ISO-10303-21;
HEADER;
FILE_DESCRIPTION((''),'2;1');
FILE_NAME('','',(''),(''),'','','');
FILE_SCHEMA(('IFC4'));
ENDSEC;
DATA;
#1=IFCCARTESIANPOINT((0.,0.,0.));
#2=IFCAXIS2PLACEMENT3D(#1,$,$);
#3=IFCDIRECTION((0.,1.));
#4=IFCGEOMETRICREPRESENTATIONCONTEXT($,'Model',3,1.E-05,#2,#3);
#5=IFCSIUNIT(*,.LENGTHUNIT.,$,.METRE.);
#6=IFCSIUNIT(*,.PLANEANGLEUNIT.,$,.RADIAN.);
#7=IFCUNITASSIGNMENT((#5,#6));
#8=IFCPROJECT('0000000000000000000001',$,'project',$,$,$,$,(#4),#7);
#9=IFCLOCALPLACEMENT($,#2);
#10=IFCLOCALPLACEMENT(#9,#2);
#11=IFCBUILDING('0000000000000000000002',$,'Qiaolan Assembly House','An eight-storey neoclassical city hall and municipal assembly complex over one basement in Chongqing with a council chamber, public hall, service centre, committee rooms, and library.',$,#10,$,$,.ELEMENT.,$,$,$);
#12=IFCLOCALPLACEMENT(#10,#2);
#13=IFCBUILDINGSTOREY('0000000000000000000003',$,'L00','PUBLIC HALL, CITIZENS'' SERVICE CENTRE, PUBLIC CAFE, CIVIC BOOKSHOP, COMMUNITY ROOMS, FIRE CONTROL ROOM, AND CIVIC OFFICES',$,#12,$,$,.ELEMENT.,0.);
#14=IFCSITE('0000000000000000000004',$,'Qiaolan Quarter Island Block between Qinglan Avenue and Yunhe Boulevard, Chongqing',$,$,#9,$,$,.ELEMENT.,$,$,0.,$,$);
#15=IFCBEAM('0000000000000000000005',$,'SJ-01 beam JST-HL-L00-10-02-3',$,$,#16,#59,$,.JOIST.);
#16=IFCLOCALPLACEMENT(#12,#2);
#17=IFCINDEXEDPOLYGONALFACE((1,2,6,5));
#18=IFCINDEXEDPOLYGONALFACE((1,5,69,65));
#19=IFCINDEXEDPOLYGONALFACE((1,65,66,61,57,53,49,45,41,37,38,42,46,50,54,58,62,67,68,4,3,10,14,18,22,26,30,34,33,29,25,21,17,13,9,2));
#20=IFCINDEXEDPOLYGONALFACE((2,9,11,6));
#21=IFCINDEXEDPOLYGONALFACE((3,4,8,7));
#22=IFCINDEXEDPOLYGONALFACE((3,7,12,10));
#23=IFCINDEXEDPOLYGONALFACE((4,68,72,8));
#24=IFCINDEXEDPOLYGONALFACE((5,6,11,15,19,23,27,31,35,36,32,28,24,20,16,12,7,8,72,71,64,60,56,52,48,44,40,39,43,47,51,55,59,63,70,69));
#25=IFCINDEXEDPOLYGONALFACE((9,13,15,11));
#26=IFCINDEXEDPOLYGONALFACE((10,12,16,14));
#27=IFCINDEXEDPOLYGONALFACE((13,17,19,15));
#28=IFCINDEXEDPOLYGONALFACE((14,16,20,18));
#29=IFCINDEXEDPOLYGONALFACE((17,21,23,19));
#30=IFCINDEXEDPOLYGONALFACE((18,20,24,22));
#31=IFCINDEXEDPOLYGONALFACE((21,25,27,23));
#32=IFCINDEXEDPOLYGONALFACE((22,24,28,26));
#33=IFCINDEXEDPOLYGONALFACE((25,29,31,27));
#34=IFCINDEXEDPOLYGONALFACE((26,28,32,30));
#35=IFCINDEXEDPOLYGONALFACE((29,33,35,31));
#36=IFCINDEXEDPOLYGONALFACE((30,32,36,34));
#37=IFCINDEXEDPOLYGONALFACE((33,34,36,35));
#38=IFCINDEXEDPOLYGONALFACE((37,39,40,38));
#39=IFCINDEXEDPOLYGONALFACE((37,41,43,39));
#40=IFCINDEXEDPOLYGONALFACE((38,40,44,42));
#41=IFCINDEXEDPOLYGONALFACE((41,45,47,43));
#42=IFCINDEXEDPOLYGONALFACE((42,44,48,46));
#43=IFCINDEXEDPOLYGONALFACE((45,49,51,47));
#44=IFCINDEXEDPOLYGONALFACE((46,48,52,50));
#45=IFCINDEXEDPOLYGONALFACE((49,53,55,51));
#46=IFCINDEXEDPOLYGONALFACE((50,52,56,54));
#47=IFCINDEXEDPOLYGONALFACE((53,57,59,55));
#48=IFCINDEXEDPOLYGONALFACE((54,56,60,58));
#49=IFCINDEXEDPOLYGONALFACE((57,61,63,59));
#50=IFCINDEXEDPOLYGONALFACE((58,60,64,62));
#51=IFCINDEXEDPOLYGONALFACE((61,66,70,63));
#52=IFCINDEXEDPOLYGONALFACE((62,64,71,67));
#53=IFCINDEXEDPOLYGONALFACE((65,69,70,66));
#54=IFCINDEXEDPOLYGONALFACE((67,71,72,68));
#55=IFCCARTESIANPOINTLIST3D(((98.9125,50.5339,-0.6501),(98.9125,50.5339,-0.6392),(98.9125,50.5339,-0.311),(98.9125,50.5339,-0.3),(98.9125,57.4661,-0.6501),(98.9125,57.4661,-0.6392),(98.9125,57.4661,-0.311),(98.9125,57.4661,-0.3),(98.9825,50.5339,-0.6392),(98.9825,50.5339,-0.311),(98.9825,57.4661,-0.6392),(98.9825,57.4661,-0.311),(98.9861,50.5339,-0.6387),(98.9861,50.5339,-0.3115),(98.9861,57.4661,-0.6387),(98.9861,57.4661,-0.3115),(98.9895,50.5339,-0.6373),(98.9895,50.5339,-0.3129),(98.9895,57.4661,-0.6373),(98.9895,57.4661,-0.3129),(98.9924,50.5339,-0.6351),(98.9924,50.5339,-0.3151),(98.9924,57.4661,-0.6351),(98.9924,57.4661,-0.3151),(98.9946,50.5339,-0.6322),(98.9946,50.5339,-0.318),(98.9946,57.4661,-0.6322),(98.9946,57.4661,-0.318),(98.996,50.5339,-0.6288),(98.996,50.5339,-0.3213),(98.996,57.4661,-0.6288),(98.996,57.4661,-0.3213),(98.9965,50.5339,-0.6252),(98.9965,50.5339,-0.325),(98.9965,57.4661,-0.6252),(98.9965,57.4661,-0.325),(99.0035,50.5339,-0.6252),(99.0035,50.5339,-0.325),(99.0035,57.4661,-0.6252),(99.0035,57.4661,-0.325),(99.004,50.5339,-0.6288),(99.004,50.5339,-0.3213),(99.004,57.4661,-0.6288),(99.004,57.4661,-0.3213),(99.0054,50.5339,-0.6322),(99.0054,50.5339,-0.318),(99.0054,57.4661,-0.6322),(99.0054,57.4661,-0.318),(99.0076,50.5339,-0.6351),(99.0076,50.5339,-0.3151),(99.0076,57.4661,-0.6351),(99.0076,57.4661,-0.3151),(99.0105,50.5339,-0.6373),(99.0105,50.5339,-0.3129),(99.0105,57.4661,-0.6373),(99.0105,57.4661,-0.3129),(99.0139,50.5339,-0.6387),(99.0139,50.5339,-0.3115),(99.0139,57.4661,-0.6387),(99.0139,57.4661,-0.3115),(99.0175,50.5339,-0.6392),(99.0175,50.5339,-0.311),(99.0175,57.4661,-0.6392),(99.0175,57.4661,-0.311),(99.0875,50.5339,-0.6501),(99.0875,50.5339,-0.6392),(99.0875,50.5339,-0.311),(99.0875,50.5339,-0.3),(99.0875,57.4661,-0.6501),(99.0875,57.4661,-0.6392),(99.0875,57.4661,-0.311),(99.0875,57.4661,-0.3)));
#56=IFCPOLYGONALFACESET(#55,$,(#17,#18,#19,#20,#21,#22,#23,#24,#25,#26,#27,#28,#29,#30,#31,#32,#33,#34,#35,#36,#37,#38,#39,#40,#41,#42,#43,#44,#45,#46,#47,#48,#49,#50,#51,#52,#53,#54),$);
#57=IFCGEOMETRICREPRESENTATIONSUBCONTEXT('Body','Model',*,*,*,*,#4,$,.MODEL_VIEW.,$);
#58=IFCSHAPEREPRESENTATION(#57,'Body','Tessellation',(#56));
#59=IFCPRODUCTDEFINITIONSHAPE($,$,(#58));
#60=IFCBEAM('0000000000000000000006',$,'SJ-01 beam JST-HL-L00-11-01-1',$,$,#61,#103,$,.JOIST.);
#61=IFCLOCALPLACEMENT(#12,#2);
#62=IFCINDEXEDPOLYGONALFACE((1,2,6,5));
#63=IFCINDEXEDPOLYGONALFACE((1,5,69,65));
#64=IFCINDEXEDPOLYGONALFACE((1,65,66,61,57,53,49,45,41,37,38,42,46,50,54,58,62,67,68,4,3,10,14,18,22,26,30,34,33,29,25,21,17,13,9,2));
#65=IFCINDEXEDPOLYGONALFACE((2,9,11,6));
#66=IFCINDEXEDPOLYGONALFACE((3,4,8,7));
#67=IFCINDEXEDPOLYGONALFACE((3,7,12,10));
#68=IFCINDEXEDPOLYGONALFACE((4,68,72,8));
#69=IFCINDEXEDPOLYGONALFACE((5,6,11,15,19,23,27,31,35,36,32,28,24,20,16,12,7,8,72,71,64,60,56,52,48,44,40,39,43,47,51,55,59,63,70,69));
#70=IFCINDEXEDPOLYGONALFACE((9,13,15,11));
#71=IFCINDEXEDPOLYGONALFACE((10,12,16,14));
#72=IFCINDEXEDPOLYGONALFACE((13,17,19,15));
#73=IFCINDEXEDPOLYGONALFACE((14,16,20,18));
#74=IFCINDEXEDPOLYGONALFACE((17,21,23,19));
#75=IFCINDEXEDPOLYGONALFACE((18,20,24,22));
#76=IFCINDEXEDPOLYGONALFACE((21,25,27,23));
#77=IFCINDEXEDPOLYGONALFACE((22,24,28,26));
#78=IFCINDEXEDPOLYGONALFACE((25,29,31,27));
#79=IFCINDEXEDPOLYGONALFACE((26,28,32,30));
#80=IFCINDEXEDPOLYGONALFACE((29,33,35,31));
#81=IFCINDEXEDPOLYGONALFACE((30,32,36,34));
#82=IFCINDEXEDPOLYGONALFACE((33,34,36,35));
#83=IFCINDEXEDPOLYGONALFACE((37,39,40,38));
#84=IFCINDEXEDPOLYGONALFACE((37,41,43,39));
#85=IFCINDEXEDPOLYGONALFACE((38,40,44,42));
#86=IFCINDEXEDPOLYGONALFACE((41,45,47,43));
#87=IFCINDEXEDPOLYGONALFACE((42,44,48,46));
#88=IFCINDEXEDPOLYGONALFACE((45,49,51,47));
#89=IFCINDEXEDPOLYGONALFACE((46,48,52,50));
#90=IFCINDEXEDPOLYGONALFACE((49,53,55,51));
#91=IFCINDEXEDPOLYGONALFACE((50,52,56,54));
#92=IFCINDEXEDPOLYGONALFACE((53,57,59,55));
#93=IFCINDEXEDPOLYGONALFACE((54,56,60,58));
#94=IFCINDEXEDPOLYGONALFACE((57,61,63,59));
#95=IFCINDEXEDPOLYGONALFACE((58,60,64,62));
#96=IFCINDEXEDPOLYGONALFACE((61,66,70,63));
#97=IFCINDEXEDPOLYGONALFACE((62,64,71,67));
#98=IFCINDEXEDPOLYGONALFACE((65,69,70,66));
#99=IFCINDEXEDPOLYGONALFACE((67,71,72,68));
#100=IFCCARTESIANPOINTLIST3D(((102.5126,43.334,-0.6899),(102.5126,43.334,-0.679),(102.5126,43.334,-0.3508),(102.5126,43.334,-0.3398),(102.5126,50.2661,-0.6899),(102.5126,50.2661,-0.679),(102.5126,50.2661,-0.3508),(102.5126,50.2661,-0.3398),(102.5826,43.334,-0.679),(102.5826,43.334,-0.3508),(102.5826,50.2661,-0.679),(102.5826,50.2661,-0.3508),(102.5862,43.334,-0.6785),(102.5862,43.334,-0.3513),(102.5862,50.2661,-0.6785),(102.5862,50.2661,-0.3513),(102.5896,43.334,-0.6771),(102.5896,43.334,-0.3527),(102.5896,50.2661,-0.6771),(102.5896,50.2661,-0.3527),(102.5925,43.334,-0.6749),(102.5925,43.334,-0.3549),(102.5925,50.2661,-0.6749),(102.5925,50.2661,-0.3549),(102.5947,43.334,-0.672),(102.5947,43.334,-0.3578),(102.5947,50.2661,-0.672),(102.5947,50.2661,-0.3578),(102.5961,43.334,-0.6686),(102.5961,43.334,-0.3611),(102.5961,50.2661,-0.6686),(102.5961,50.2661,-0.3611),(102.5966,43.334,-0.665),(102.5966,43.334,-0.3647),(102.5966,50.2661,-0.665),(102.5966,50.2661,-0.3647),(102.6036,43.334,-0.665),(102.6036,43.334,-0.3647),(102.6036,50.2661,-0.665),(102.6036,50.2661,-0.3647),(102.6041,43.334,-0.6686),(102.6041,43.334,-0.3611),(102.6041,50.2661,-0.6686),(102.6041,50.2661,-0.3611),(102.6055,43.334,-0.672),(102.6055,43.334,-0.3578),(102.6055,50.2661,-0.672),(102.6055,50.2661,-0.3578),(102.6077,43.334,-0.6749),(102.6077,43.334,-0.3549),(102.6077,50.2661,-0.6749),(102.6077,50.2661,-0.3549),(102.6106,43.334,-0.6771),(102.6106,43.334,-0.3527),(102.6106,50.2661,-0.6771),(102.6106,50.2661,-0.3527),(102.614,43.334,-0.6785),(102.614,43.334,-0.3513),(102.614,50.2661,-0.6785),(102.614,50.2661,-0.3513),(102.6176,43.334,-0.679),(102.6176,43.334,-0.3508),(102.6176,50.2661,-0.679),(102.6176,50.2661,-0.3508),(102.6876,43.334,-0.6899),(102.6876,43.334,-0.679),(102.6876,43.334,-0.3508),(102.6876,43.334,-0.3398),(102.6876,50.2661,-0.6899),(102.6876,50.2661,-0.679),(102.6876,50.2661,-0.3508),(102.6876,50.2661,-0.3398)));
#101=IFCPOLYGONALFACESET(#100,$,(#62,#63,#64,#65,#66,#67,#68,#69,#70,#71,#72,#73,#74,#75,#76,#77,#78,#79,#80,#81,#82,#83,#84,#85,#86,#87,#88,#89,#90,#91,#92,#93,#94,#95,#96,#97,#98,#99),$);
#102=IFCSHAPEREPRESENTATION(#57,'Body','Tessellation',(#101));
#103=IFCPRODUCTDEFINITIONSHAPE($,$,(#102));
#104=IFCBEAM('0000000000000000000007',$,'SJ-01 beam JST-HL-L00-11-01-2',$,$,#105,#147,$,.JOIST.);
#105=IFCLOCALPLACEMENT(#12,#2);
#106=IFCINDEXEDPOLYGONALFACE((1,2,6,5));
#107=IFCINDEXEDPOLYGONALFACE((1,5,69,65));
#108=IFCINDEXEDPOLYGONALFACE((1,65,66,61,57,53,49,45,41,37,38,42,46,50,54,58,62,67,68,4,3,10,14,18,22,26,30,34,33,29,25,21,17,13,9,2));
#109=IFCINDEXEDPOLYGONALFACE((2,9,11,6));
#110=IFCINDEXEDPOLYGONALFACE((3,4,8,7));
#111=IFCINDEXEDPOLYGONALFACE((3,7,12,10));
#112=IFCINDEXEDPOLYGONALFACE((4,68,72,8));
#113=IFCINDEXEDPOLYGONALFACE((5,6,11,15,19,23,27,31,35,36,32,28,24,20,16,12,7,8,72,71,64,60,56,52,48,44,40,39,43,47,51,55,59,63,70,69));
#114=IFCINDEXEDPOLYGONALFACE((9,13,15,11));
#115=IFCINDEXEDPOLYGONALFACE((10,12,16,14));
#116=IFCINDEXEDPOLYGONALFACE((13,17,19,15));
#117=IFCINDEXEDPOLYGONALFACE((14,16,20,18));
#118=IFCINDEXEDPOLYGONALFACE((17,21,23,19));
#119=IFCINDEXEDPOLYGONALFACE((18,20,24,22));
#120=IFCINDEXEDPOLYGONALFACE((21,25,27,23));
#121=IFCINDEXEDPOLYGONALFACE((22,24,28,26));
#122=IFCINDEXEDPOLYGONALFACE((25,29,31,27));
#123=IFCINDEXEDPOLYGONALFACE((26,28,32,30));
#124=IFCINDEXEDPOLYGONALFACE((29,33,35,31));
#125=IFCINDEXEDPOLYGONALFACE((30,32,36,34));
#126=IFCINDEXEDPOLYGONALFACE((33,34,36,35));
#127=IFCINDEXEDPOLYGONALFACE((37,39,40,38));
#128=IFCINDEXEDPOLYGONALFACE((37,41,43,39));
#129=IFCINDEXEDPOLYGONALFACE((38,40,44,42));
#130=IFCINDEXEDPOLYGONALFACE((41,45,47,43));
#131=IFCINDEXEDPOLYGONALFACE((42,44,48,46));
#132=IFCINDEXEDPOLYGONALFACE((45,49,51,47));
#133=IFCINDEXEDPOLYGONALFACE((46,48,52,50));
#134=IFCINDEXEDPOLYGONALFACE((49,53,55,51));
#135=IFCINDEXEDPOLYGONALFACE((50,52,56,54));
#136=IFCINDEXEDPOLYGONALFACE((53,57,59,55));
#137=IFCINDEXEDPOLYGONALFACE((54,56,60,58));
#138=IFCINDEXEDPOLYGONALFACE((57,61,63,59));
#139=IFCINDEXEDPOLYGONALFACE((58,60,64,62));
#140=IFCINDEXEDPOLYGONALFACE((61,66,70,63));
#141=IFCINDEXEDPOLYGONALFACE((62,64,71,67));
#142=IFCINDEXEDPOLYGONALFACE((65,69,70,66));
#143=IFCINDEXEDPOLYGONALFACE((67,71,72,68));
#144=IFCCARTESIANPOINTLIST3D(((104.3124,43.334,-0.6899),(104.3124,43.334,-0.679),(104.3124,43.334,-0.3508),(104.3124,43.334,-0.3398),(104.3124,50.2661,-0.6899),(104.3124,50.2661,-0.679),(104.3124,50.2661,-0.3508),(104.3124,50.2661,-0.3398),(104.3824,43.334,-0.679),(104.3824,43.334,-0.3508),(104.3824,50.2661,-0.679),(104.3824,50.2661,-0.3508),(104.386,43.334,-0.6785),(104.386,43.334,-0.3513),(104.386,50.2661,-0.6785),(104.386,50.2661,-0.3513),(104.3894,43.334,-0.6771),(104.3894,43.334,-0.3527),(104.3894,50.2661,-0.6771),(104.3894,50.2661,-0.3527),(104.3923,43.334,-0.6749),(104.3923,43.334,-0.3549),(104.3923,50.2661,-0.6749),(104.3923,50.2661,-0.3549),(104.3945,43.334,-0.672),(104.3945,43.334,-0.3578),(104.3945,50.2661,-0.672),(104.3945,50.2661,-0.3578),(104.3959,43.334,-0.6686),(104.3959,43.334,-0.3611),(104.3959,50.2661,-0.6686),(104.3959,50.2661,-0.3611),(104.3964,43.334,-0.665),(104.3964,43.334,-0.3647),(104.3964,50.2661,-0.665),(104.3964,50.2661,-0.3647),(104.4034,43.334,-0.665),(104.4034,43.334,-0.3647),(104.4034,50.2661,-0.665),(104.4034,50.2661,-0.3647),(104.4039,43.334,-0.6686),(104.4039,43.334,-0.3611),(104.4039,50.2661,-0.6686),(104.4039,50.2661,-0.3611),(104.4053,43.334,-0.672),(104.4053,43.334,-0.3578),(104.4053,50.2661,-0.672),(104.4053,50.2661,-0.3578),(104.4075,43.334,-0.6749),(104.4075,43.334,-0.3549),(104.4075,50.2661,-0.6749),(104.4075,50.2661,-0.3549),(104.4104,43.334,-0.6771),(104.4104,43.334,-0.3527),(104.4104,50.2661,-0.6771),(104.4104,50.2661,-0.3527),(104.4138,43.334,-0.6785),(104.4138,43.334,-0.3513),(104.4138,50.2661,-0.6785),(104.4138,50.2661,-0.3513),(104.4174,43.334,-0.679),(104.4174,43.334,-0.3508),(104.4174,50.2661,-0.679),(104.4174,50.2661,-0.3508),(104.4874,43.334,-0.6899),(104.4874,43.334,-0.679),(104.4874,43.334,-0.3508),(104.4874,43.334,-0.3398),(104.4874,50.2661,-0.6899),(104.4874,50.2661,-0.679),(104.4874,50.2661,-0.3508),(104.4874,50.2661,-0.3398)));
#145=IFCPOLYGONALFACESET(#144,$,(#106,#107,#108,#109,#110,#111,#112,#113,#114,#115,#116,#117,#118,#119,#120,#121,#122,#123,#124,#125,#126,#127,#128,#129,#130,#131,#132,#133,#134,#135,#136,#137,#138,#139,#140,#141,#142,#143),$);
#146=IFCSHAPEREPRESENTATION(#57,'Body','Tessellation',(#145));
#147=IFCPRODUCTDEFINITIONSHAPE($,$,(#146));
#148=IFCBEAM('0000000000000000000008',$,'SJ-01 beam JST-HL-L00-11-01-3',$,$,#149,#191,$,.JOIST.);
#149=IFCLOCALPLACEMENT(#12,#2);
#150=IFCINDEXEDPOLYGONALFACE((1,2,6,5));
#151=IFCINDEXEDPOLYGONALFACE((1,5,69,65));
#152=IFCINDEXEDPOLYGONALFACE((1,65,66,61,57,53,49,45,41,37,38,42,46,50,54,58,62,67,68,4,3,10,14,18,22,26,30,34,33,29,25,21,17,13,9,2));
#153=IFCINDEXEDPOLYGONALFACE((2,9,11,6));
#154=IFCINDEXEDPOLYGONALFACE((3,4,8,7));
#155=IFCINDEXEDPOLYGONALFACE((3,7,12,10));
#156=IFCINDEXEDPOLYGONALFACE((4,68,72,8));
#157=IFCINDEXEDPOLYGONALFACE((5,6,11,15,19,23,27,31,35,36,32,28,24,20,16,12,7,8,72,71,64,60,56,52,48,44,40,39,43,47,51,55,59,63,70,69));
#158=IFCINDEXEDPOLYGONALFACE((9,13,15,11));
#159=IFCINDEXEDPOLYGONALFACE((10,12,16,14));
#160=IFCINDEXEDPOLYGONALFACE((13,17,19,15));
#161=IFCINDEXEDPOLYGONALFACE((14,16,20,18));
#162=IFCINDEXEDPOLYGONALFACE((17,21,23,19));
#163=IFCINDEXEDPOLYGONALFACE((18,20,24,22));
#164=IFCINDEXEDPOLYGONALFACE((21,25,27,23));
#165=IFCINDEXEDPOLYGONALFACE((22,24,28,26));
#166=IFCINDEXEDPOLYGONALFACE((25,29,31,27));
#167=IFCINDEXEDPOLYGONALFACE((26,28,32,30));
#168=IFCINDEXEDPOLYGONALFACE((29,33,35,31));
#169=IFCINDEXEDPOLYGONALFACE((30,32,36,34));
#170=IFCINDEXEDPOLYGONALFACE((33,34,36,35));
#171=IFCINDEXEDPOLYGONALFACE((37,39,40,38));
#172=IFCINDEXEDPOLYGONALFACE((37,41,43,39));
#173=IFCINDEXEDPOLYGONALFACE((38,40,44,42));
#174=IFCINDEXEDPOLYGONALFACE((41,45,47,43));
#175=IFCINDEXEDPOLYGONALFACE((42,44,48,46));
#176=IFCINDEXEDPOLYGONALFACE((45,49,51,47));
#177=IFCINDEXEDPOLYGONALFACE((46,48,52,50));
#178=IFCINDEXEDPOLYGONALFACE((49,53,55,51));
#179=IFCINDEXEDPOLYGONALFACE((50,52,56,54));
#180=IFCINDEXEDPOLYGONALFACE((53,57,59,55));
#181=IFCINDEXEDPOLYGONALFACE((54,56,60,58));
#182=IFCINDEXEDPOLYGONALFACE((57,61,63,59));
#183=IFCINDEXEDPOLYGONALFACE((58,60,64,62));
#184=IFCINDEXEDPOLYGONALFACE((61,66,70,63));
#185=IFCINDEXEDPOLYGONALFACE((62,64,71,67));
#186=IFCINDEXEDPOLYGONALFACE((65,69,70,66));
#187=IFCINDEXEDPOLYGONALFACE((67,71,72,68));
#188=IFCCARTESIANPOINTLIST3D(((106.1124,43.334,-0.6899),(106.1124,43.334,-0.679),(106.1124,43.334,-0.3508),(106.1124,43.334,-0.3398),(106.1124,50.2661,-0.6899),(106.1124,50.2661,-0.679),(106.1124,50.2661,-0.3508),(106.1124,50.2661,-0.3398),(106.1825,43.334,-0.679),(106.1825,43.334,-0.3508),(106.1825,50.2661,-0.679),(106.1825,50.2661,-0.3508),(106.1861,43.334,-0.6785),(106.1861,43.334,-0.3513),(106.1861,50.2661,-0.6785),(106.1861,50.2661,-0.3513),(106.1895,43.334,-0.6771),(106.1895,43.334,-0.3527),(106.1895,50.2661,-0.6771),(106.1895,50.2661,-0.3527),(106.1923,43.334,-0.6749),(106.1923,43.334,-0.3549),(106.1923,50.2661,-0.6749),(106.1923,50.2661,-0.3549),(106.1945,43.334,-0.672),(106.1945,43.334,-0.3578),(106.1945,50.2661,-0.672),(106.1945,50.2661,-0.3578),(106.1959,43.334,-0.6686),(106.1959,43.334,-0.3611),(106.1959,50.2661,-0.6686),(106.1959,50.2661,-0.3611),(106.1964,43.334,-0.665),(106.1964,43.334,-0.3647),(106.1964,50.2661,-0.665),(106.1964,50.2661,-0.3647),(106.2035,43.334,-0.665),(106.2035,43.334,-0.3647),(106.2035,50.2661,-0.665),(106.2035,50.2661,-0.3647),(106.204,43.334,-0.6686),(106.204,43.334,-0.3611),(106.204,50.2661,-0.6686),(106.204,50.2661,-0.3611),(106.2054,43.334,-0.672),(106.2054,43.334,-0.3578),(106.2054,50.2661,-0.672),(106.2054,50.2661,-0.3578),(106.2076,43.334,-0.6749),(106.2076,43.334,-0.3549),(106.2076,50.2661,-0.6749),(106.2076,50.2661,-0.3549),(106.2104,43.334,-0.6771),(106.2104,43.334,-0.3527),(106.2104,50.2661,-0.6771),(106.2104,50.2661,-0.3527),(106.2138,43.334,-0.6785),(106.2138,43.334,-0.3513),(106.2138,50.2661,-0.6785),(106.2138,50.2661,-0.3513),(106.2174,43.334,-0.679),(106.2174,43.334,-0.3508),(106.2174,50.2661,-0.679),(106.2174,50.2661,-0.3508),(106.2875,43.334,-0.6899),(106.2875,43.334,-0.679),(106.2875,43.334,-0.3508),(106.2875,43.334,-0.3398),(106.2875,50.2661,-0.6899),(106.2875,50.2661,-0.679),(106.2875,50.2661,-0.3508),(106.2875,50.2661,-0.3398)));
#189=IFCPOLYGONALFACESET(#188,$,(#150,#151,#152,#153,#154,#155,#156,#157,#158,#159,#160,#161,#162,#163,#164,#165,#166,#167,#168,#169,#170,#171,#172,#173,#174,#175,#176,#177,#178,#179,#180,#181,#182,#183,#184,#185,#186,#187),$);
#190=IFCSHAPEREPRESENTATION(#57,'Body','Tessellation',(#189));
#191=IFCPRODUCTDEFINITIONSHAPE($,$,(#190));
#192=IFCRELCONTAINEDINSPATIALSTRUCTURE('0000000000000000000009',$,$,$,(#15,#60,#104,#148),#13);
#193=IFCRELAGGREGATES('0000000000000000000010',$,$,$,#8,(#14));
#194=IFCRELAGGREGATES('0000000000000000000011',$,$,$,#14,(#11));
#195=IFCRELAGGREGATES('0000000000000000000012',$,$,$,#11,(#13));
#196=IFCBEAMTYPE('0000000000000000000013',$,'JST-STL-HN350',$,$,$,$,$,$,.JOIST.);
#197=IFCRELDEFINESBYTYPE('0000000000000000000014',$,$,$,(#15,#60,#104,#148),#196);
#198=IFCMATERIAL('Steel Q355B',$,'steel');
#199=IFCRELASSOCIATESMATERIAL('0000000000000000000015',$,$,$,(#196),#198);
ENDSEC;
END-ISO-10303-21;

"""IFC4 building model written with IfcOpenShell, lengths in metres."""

from ifc_helpers import new_model, si_unit, direction, frame, origin, origin_2d, place, context, subcontext, project, spatial, i_section, extrude, material, material_profile, profile_set, type_object, element, save


model = new_model("IFC4")

# Units and contexts
model_context = context("Model", 3, precision=1e-05, world=origin(), true_north=direction((0.0, 1.0)))
body_context = subcontext(model_context, "Body", "Model", "MODEL_VIEW")
ifc_project = project(units=[si_unit("LENGTHUNIT", "METRE"), si_unit("PLANEANGLEUNIT", "RADIAN")], contexts=[model_context])

# Site, building, storey
site_placement = place(None, origin())
site = spatial("IfcSite", under=ifc_project, at=site_placement, Name="Qiaolan Quarter Island Block between Qinglan Avenue and Yunhe Boulevard, Chongqing", CompositionType="ELEMENT", RefElevation=0.0)
building_placement = place(site_placement, origin())
building = spatial("IfcBuilding", under=site, at=building_placement, Name="Qiaolan Assembly House", Description="An eight-storey neoclassical city hall and municipal assembly complex over one basement in Chongqing with a council chamber, public hall, service centre, committee rooms, and library.", CompositionType="ELEMENT")
storey_placement = place(building_placement, origin())
storey = spatial("IfcBuildingStorey", under=building, at=storey_placement, Name="L00", Description="PUBLIC HALL, CITIZENS' SERVICE CENTRE, PUBLIC CAFE, CIVIC BOOKSHOP, COMMUNITY ROOMS, FIRE CONTROL ROOM, AND CIVIC OFFICES", CompositionType="ELEMENT", Elevation=0.0)

# Shared definitions
ifc_material_1 = material(Name="Steel Q355B", Category="steel")

# Beams
ifc_material_profile_1 = material_profile(ifc_material_1, i_section(OverallWidth=0.175, OverallDepth=0.3501, WebThickness=0.0071, FlangeThickness=0.011, FilletRadius=0.0139, at=origin_2d()), Name="HN 350x175x7x11")
ifc_profile_set_1 = profile_set([ifc_material_profile_1], Name="Steel Q355B")
beam_type_1 = type_object("IfcBeamType", Name="JST-STL-HN350", PredefinedType="JOIST", material=ifc_profile_set_1)
for number, where, z_axis, x_axis, name in (
    (1, (99.0, 50.5339, -0.4751), (0.0, 1.0, 0.0), (-1.0, 0.0, 0.0), "SJ-01 beam JST-HL-L00-10-02-3"),
    (2, (102.6001, 43.334, -0.5149), (0.0, 1.0, 0.0), (-1.0, 0.0, 0.0), "SJ-01 beam JST-HL-L00-11-01-1"),
    (3, (104.3999, 43.334, -0.5149), (0.0, 1.0, 0.0), (-1.0, 0.0, 0.0), "SJ-01 beam JST-HL-L00-11-01-2"),
    (4, (106.2, 43.334, -0.5149), (0.0, 1.0, 0.0), (-1.0, 0.0, 0.0), "SJ-01 beam JST-HL-L00-11-01-3"),
):
    element("IfcBeam", number, at=place(storey_placement, frame(where, z_axis=z_axis, x_axis=x_axis)), inside=storey, type_object=beam_type_1, Name=name, PredefinedType="JOIST", context=body_context, shape_type="SweptSolid", body=[
        extrude(i_section(OverallWidth=0.175, OverallDepth=0.3501, WebThickness=0.0071, FlangeThickness=0.011, FilletRadius=0.0139, at=origin_2d()), origin(), (0.0, 0.0, 1.0), 6.9321),
    ])

save(model, "model.ifc")
